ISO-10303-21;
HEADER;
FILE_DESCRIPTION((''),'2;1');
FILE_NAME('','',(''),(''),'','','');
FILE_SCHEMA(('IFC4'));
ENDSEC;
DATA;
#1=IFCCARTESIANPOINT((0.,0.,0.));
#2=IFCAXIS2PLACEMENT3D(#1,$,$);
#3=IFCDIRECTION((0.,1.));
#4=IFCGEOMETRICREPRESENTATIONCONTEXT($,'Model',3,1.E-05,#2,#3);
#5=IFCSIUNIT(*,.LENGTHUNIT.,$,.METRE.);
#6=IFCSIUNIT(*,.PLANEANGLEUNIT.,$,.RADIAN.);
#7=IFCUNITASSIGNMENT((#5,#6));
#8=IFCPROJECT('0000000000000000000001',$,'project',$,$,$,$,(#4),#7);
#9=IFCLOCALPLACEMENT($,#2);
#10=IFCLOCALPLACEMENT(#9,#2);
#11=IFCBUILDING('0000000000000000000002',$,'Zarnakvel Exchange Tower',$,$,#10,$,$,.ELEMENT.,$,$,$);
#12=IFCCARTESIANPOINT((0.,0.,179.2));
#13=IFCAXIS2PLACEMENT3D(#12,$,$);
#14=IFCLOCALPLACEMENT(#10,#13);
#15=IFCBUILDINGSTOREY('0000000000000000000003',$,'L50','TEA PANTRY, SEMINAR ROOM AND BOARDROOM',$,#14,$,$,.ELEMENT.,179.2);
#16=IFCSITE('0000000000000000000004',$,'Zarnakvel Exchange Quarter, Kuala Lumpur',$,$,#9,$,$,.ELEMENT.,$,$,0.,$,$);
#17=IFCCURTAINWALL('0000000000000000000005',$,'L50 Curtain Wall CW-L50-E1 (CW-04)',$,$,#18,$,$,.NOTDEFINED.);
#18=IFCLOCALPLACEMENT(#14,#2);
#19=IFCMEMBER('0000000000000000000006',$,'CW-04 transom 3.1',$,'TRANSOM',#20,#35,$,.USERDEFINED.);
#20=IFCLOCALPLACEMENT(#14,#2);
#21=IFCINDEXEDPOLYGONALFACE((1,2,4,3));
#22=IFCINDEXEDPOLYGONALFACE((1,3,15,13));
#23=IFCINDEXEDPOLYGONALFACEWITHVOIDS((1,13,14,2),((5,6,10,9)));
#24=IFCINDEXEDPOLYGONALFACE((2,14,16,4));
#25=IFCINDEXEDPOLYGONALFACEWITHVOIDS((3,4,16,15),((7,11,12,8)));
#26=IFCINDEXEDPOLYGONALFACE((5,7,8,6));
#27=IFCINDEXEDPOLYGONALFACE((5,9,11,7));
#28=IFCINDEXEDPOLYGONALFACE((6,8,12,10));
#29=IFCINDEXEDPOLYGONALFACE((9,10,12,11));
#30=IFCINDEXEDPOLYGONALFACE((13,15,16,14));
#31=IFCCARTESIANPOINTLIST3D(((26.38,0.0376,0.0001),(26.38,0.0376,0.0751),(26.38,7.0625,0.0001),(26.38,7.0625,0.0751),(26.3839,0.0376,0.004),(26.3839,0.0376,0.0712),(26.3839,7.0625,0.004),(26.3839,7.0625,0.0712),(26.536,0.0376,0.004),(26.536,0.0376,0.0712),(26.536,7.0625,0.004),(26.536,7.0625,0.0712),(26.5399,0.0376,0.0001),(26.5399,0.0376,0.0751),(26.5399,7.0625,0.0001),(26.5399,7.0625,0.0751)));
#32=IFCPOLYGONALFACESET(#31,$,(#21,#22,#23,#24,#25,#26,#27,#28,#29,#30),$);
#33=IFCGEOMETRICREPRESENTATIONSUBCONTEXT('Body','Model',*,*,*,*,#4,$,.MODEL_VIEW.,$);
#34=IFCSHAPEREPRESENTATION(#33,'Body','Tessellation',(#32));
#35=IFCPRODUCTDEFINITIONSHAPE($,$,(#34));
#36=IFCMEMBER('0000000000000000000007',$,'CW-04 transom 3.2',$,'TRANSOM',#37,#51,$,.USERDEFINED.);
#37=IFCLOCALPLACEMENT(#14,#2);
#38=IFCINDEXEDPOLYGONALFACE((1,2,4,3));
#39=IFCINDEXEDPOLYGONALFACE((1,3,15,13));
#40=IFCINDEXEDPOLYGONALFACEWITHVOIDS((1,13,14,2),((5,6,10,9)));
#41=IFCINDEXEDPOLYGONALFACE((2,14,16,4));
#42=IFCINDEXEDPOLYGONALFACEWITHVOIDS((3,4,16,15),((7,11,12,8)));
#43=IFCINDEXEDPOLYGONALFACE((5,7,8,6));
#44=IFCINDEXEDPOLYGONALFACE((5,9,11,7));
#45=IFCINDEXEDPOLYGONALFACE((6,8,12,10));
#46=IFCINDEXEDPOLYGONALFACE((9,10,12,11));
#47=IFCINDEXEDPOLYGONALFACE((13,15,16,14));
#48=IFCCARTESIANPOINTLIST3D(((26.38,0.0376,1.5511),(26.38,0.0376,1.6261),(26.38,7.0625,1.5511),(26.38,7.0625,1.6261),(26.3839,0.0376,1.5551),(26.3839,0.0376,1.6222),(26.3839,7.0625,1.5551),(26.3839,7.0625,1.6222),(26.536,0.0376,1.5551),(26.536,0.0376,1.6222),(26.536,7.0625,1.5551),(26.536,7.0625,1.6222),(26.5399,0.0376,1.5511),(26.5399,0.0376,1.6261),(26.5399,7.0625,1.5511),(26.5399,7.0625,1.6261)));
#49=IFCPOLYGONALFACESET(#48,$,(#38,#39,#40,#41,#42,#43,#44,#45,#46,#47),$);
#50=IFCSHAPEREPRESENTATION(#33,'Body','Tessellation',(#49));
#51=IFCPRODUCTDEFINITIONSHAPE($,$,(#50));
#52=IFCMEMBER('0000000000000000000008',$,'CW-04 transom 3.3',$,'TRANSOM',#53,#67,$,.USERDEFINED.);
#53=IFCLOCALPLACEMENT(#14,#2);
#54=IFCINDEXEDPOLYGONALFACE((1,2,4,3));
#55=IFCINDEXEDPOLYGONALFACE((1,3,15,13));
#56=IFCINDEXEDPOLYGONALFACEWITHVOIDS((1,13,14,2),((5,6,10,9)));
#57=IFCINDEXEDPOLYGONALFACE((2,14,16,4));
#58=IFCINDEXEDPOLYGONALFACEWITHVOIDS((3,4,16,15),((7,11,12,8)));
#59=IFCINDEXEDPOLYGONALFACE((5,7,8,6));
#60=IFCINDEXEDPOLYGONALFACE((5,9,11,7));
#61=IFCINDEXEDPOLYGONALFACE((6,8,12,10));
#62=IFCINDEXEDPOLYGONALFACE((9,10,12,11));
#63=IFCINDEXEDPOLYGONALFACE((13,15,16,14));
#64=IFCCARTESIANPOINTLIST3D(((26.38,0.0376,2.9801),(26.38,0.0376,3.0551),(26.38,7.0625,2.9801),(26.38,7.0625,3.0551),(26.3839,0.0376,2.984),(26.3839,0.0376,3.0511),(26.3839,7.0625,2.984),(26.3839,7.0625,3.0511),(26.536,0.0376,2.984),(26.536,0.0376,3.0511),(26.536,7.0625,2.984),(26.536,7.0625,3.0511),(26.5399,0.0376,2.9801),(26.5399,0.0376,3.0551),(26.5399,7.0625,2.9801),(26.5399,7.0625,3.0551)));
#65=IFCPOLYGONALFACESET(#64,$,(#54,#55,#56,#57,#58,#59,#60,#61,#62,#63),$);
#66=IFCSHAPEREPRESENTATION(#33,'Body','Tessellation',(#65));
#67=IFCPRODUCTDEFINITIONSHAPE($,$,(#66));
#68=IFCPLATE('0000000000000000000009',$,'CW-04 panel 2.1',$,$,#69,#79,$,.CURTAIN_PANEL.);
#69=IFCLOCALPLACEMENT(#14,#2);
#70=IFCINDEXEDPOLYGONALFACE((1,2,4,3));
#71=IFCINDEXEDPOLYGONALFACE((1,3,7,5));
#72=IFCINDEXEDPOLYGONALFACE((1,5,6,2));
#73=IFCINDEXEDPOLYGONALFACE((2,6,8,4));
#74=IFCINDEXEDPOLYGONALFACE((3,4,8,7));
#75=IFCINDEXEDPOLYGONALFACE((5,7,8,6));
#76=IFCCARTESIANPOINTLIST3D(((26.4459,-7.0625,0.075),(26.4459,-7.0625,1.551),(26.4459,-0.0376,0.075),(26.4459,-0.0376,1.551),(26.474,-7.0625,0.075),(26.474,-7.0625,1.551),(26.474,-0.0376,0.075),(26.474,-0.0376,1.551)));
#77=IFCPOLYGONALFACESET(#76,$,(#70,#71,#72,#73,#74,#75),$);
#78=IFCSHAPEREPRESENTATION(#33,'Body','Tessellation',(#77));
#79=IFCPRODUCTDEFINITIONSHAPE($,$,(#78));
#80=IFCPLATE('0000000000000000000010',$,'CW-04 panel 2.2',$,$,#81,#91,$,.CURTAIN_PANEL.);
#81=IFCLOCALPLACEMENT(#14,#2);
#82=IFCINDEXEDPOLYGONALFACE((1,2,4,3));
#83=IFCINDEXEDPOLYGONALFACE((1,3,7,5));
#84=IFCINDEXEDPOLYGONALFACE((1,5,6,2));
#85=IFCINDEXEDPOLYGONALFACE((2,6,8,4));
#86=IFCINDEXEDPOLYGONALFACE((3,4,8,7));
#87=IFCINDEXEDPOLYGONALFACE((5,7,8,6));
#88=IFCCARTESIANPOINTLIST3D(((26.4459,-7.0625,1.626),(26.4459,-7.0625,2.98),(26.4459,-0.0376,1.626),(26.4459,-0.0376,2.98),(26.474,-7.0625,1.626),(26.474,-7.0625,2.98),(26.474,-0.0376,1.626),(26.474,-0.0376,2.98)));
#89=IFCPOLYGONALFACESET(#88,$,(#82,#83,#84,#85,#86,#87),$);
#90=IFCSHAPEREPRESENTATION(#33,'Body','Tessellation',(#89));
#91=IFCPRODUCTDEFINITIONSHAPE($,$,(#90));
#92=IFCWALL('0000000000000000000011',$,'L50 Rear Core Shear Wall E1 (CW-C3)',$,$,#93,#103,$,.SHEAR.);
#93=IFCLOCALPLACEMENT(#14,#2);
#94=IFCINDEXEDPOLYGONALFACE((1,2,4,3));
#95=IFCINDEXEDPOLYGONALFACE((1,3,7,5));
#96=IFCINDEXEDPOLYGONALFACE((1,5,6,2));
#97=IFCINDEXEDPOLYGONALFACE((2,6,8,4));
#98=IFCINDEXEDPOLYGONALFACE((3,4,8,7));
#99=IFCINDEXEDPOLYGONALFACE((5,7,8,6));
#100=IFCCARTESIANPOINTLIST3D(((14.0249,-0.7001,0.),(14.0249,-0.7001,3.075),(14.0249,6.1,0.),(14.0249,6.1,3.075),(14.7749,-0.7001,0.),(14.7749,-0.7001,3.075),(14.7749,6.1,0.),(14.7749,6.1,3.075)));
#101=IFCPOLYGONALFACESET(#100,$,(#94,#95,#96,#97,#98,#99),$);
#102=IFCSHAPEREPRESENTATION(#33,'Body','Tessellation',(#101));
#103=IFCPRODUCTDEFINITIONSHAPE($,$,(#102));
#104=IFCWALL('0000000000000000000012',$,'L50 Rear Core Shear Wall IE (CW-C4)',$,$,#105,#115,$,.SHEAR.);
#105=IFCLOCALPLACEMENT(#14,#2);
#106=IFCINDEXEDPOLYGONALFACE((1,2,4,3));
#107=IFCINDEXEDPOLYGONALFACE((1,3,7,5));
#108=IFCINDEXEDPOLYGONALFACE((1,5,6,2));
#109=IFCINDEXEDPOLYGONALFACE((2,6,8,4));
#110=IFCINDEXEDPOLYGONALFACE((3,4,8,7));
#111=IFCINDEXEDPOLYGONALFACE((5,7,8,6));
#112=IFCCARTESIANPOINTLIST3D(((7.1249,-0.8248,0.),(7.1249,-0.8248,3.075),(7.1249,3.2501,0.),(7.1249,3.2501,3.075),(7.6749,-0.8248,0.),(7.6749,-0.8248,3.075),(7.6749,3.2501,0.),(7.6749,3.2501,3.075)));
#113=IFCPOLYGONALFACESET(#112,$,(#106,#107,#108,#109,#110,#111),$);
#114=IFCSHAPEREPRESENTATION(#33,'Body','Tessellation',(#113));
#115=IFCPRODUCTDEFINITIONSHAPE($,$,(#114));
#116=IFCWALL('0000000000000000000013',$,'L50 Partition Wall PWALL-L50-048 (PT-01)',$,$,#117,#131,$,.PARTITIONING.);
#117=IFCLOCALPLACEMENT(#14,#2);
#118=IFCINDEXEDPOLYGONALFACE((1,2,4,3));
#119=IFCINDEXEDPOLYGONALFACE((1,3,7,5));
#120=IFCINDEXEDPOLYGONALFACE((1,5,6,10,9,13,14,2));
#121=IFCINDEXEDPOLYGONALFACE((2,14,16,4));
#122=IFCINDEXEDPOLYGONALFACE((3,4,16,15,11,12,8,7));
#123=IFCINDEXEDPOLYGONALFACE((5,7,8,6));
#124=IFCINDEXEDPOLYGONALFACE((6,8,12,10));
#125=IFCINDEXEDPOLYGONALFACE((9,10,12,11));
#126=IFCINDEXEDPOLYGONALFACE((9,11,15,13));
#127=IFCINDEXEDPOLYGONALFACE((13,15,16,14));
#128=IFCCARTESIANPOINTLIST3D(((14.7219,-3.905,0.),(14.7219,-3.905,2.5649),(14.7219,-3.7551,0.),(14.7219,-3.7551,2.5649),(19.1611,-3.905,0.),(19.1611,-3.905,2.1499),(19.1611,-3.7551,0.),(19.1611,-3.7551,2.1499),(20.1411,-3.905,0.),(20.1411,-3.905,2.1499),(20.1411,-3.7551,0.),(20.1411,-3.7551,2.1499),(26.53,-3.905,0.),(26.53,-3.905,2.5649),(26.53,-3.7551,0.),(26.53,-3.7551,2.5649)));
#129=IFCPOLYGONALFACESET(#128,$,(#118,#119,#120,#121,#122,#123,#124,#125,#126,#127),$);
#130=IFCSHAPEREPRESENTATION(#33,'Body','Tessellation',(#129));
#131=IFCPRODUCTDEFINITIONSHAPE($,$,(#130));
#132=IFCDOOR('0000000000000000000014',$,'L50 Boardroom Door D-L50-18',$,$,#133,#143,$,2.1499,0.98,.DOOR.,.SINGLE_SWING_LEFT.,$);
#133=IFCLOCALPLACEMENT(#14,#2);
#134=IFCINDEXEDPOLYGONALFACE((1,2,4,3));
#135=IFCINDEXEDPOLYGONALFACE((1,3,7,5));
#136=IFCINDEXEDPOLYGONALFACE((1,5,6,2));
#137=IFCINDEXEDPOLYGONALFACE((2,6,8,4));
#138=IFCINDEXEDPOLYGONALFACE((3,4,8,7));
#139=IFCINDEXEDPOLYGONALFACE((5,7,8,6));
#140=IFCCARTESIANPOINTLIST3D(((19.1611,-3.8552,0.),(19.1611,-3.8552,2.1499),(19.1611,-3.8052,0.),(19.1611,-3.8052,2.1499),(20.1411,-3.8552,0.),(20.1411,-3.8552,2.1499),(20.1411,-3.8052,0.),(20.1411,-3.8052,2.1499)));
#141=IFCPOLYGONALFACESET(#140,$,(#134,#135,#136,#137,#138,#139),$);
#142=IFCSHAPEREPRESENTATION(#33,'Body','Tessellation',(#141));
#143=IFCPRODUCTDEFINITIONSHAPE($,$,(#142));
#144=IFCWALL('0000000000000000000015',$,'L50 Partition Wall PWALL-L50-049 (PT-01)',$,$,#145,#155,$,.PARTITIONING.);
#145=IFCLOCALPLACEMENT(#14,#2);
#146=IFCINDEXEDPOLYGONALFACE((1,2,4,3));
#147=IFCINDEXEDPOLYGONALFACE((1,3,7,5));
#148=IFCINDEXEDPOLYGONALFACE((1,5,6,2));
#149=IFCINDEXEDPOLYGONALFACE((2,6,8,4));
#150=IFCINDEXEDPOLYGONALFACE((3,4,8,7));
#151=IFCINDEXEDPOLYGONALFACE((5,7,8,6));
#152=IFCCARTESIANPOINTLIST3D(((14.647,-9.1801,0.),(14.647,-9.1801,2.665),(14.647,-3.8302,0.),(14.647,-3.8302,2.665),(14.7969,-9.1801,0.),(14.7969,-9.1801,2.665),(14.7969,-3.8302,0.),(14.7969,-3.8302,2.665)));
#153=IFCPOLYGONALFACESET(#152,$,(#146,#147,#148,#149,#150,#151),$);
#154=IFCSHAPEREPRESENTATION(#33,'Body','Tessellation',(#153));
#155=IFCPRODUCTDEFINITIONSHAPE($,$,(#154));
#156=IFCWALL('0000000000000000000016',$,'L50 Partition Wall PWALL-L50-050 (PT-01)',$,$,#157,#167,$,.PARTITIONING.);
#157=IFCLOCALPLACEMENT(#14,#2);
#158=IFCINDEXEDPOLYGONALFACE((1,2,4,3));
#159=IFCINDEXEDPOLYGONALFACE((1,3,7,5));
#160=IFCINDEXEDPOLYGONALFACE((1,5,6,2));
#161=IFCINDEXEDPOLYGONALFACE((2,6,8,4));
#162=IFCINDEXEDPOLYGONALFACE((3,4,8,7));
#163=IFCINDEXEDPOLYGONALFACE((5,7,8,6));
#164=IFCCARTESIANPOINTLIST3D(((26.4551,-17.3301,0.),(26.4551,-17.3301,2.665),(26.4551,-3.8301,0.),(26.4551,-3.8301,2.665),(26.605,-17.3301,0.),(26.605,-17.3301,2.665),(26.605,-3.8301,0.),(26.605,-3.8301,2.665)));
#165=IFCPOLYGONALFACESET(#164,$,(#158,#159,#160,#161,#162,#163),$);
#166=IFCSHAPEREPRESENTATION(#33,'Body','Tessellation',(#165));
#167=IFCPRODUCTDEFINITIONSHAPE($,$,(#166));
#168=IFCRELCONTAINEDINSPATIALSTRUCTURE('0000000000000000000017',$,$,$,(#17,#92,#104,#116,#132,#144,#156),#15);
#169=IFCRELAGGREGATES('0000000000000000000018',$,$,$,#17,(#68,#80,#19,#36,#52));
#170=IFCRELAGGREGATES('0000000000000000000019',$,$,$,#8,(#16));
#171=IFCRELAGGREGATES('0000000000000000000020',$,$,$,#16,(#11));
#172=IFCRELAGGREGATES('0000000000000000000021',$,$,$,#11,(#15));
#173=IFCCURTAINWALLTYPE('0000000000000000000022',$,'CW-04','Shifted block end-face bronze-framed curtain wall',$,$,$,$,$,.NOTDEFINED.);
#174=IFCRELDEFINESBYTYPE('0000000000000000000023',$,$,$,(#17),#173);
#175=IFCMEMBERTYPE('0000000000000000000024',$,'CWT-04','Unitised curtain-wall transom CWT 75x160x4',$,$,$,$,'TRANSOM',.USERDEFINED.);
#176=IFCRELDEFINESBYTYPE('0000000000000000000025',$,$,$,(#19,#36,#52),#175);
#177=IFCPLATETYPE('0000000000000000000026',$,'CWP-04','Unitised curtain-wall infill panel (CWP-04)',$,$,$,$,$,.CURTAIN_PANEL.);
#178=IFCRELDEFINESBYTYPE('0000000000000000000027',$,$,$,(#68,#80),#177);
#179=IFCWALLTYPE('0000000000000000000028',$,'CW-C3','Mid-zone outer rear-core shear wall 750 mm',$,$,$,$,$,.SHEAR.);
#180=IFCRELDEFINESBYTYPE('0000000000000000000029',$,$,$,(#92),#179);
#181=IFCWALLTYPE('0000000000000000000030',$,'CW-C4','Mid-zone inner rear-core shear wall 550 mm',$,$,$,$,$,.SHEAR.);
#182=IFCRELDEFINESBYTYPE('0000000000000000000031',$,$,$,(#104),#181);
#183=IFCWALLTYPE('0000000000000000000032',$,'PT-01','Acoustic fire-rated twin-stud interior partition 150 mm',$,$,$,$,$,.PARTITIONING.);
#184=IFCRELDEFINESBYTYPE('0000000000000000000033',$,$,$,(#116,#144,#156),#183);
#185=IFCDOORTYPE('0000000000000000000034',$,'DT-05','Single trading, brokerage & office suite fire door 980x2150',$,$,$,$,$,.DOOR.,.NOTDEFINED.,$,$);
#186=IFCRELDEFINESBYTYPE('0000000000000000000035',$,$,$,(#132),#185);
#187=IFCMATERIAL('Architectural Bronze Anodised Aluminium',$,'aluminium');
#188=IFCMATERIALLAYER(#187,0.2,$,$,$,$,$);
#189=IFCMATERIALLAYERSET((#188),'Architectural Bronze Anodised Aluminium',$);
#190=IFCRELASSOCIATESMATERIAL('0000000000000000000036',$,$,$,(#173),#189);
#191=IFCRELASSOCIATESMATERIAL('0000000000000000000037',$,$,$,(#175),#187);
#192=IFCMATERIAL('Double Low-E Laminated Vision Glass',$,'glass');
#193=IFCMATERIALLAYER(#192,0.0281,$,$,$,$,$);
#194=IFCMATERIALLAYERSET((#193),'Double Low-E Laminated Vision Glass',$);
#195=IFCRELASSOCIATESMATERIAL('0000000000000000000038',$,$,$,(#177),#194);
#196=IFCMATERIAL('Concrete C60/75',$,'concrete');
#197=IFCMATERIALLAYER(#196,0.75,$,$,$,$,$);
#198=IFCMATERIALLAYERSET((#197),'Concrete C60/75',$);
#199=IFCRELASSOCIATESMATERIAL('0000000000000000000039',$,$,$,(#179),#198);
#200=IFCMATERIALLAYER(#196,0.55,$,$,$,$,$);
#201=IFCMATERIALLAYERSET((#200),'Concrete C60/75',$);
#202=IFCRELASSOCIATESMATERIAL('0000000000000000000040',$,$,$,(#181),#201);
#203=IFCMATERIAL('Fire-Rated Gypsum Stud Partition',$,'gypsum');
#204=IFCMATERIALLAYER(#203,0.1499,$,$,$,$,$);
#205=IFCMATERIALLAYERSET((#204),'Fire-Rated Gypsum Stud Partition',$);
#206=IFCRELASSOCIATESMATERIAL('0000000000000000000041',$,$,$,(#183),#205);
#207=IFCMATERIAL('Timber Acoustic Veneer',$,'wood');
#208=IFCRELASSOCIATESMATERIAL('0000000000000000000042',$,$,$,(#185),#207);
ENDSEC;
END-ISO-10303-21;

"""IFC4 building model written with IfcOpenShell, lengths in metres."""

from ifc_helpers import new_model, si_unit, direction, frame, frame_2d, origin, origin_2d, place, context, subcontext, project, spatial, rectangle, hollow_rectangle, extrude, source, transform, mapped, material, layer, layer_set, material_profile, profile_set, type_object, element, fill, aggregate, save


model = new_model("IFC4")

# Units and contexts
model_context = context("Model", 3, precision=1e-05, world=origin(), true_north=direction((0.0, 1.0)))
body_context = subcontext(model_context, "Body", "Model", "MODEL_VIEW")
ifc_project = project(units=[si_unit("LENGTHUNIT", "METRE"), si_unit("PLANEANGLEUNIT", "RADIAN")], contexts=[model_context])

# Site, building, storey
site_placement = place(None, origin())
site = spatial("IfcSite", under=ifc_project, at=site_placement, Name="Zarnakvel Exchange Quarter, Kuala Lumpur", CompositionType="ELEMENT", RefElevation=0.0)
building_placement = place(site_placement, origin())
building = spatial("IfcBuilding", under=site, at=building_placement, Name="Zarnakvel Exchange Tower", CompositionType="ELEMENT")
storey_placement = place(building_placement, frame((0.0, 0.0, 179.2)))
storey = spatial("IfcBuildingStorey", under=building, at=storey_placement, Name="L50", Description="TEA PANTRY, SEMINAR ROOM AND BOARDROOM", CompositionType="ELEMENT", Elevation=179.2)

# Shared definitions
ifc_material_1 = material(Name="Concrete C60/75", Category="concrete")

# Curtain wall, members, plates
ifc_material_2 = material(Name="Architectural Bronze Anodised Aluminium", Category="aluminium")
ifc_layer_1 = layer(ifc_material_2, 0.2)
ifc_layer_set_1 = layer_set([ifc_layer_1], Name="Architectural Bronze Anodised Aluminium")
curtain_wall_type = type_object("IfcCurtainWallType", Name="CW-04", Description="Shifted block end-face bronze-framed curtain wall", PredefinedType="NOTDEFINED", material=ifc_layer_set_1)
curtain_wall_placement = place(storey_placement, origin())
curtain_wall = element("IfcCurtainWall", 1, at=curtain_wall_placement, inside=storey, type_object=curtain_wall_type, Name="L50 Curtain Wall CW-L50-E1 (CW-04)", PredefinedType="NOTDEFINED")
ifc_material_profile_1 = material_profile(ifc_material_2, hollow_rectangle(XDim=0.1599, YDim=0.075, WallThickness=0.0039, at=origin_2d()))
ifc_profile_set_1 = profile_set([ifc_material_profile_1], Name="Architectural Bronze Anodised Aluminium")
member_type_1 = type_object("IfcMemberType", Name="CWT-04", Description="Unitised curtain-wall transom CWT 75x160x4", ElementType="TRANSOM", PredefinedType="USERDEFINED", material=ifc_profile_set_1)
shared_shape_1 = source(origin(), body_context, "Body", "SweptSolid", [
    extrude(hollow_rectangle(XDim=0.1599, YDim=0.075, WallThickness=0.0039, at=origin_2d()), origin(), (0.0, 0.0, 1.0), 7.0249),
])
member_1_placement = place(storey_placement, frame((26.46, 0.0376, 0.0376), z_axis=(0.0, 1.0, 0.0), x_axis=(-1.0, 0.0, 0.0)))
member_1 = element("IfcMember", 2, at=member_1_placement, type_object=member_type_1, Name="CW-04 transom 3.1", ObjectType="TRANSOM", PredefinedType="USERDEFINED", context=body_context, shape_type="MappedRepresentation", body=[
    mapped(shared_shape_1, transform((0.0, 0.0, 0.0), x_axis=(1.0, 0.0, 0.0), y_axis=(0.0, 1.0, 0.0), z_axis=(0.0, 0.0, 1.0), scale=1.0)),
])
member_2_placement = place(storey_placement, frame((26.46, 0.0376, 1.5886), z_axis=(0.0, 1.0, 0.0), x_axis=(-1.0, 0.0, 0.0)))
member_2 = element("IfcMember", 3, at=member_2_placement, type_object=member_type_1, Name="CW-04 transom 3.2", ObjectType="TRANSOM", PredefinedType="USERDEFINED", context=body_context, shape_type="MappedRepresentation", body=[
    mapped(shared_shape_1, transform((0.0, 0.0, 0.0), x_axis=(1.0, 0.0, 0.0), y_axis=(0.0, 1.0, 0.0), z_axis=(0.0, 0.0, 1.0), scale=1.0)),
])
member_3_placement = place(storey_placement, frame((26.46, 0.0376, 3.0176), z_axis=(0.0, 1.0, 0.0), x_axis=(-1.0, 0.0, 0.0)))
member_3 = element("IfcMember", 4, at=member_3_placement, type_object=member_type_1, Name="CW-04 transom 3.3", ObjectType="TRANSOM", PredefinedType="USERDEFINED", context=body_context, shape_type="MappedRepresentation", body=[
    mapped(shared_shape_1, transform((0.0, 0.0, 0.0), x_axis=(1.0, 0.0, 0.0), y_axis=(0.0, 1.0, 0.0), z_axis=(0.0, 0.0, 1.0), scale=1.0)),
])
ifc_material_3 = material(Name="Double Low-E Laminated Vision Glass", Category="glass")
ifc_layer_2 = layer(ifc_material_3, 0.0281)
ifc_layer_set_2 = layer_set([ifc_layer_2], Name="Double Low-E Laminated Vision Glass")
plate_type = type_object("IfcPlateType", Name="CWP-04", Description="Unitised curtain-wall infill panel (CWP-04)", PredefinedType="CURTAIN_PANEL", material=ifc_layer_set_2)
shared_shape_2 = source(origin(), body_context, "Body", "SweptSolid", [
    extrude(rectangle(XDim=7.0249, YDim=0.0281, at=origin_2d()), origin(), (0.0, 0.0, 1.0), 1.4761),
])
plate_1_placement = place(storey_placement, frame((26.46, -3.55, 0.075), z_axis=(0.0, 0.0, 1.0), x_axis=(0.0, 1.0, 0.0)))
plate_1 = element("IfcPlate", 5, at=plate_1_placement, type_object=plate_type, Name="CW-04 panel 2.1", PredefinedType="CURTAIN_PANEL", context=body_context, shape_type="MappedRepresentation", body=[
    mapped(shared_shape_2, transform((0.0, 0.0, 0.0), x_axis=(1.0, 0.0, 0.0), y_axis=(0.0, 1.0, 0.0), z_axis=(0.0, 0.0, 1.0), scale=1.0)),
])
shared_shape_3 = source(origin(), body_context, "Body", "SweptSolid", [
    extrude(rectangle(XDim=7.0249, YDim=0.0281, at=origin_2d()), origin(), (0.0, 0.0, 1.0), 1.354),
])
plate_2_placement = place(storey_placement, frame((26.46, -3.55, 1.626), z_axis=(0.0, 0.0, 1.0), x_axis=(0.0, 1.0, 0.0)))
plate_2 = element("IfcPlate", 6, at=plate_2_placement, type_object=plate_type, Name="CW-04 panel 2.2", PredefinedType="CURTAIN_PANEL", context=body_context, shape_type="MappedRepresentation", body=[
    mapped(shared_shape_3, transform((0.0, 0.0, 0.0), x_axis=(1.0, 0.0, 0.0), y_axis=(0.0, 1.0, 0.0), z_axis=(0.0, 0.0, 1.0), scale=1.0)),
])
aggregate(curtain_wall, [plate_1, plate_2, member_1, member_2, member_3])

# Wall
ifc_layer_3 = layer(ifc_material_1, 0.75)
ifc_layer_set_3 = layer_set([ifc_layer_3], Name="Concrete C60/75")
wall_type_1 = type_object("IfcWallType", Name="CW-C3", Description="Mid-zone outer rear-core shear wall 750 mm", PredefinedType="SHEAR", material=ifc_layer_set_3)
wall_1_placement = place(storey_placement, frame((14.3999, -0.7, 0.0), z_axis=(0.0, 0.0, 1.0), x_axis=(0.0, 1.0, 0.0)))
element("IfcWall", 7, at=wall_1_placement, inside=storey, type_object=wall_type_1, Name="L50 Rear Core Shear Wall E1 (CW-C3)", PredefinedType="SHEAR", context=body_context, shape_type="SweptSolid", body=[
    extrude(rectangle(XDim=6.8, YDim=0.75, at=frame_2d((3.3999, 0.0))), origin(), (0.0, 0.0, 1.0), 3.075),
])

# Wall
ifc_layer_4 = layer(ifc_material_1, 0.55)
ifc_layer_set_4 = layer_set([ifc_layer_4], Name="Concrete C60/75")
wall_type_2 = type_object("IfcWallType", Name="CW-C4", Description="Mid-zone inner rear-core shear wall 550 mm", PredefinedType="SHEAR", material=ifc_layer_set_4)
wall_2_placement = place(storey_placement, frame((7.3999, -0.825, 0.0), z_axis=(0.0, 0.0, 1.0), x_axis=(0.0, 1.0, 0.0)))
element("IfcWall", 8, at=wall_2_placement, inside=storey, type_object=wall_type_2, Name="L50 Rear Core Shear Wall IE (CW-C4)", PredefinedType="SHEAR", context=body_context, shape_type="SweptSolid", body=[
    extrude(rectangle(XDim=4.075, YDim=0.55, at=frame_2d((2.0376, 0.0))), origin(), (0.0, 0.0, 1.0), 3.075),
])

# Wall, opening, door
ifc_material_4 = material(Name="Fire-Rated Gypsum Stud Partition", Category="gypsum")
ifc_layer_5 = layer(ifc_material_4, 0.1499)
ifc_layer_set_5 = layer_set([ifc_layer_5], Name="Fire-Rated Gypsum Stud Partition")
wall_type_3 = type_object("IfcWallType", Name="PT-01", Description="Acoustic fire-rated twin-stud interior partition 150 mm", PredefinedType="PARTITIONING", material=ifc_layer_set_5)
wall_3_placement = place(storey_placement, frame((14.7219, -3.8301, 0.0), z_axis=(0.0, 0.0, 1.0), x_axis=(1.0, 0.0, 0.0)))
wall_3 = element("IfcWall", 9, at=wall_3_placement, inside=storey, type_object=wall_type_3, Name="L50 Partition Wall PWALL-L50-048 (PT-01)", PredefinedType="PARTITIONING", context=body_context, shape_type="SweptSolid", body=[
    extrude(rectangle(XDim=11.8081, YDim=0.1499, at=frame_2d((5.9041, 0.0))), origin(), (0.0, 0.0, 1.0), 2.5649),
])
opening_1_placement = place(wall_3_placement, frame((4.4392, 0.0, 0.0)))
opening_1 = element("IfcOpeningElement", 10, at=opening_1_placement, cuts=wall_3, PredefinedType="OPENING", context=body_context, shape_type="SweptSolid", body=[
    extrude(rectangle(XDim=0.98, YDim=2.1499, at=frame_2d((0.49, 1.075))), frame((0.0, 0.085, 0.0), z_axis=(0.0, -1.0, 0.0), x_axis=(1.0, 0.0, 0.0)), (0.0, 0.0, 1.0), 0.1699),
])
ifc_material_5 = material(Name="Timber Acoustic Veneer", Category="wood")
door_type_1 = type_object("IfcDoorType", Name="DT-05", Description="Single trading, brokerage & office suite fire door 980x2150", OperationType="NOTDEFINED", PredefinedType="DOOR", material=ifc_material_5)
shared_shape_4 = source(origin(), body_context, "Body", "SweptSolid", [
    extrude(rectangle(XDim=0.98, YDim=2.1499, at=frame_2d((0.49, 1.075))), frame((0.0, 0.0249, 0.0), z_axis=(0.0, -1.0, 0.0), x_axis=(1.0, 0.0, 0.0)), (0.0, 0.0, 1.0), 0.05),
])
door_1_placement = place(opening_1_placement, origin())
door_1 = element("IfcDoor", 11, at=door_1_placement, inside=storey, type_object=door_type_1, Name="L50 Boardroom Door D-L50-18", OperationType="SINGLE_SWING_LEFT", OverallHeight=2.1499, OverallWidth=0.98, PredefinedType="DOOR", context=body_context, shape_type="MappedRepresentation", body=[
    mapped(shared_shape_4, transform((0.0, 0.0, 0.0), x_axis=(1.0, 0.0, 0.0), y_axis=(0.0, 1.0, 0.0), z_axis=(0.0, 0.0, 1.0), scale=1.0)),
])
fill(opening_1, door_1)

# Walls
wall_4_placement = place(storey_placement, frame((14.7219, -9.1799, 0.0), z_axis=(0.0, 0.0, 1.0), x_axis=(0.0, 1.0, 0.0)))
element("IfcWall", 12, at=wall_4_placement, inside=storey, type_object=wall_type_3, Name="L50 Partition Wall PWALL-L50-049 (PT-01)", PredefinedType="PARTITIONING", context=body_context, shape_type="SweptSolid", body=[
    extrude(rectangle(XDim=5.3499, YDim=0.1499, at=frame_2d((2.6748, 0.0))), origin(), (0.0, 0.0, 1.0), 2.665),
])
wall_5_placement = place(storey_placement, frame((26.53, -3.8301, 0.0), z_axis=(0.0, 0.0, 1.0), x_axis=(0.0, -1.0, 0.0)))
element("IfcWall", 13, at=wall_5_placement, inside=storey, type_object=wall_type_3, Name="L50 Partition Wall PWALL-L50-050 (PT-01)", PredefinedType="PARTITIONING", context=body_context, shape_type="SweptSolid", body=[
    extrude(rectangle(XDim=13.5, YDim=0.1499, at=frame_2d((6.75, 0.0))), origin(), (0.0, 0.0, 1.0), 2.665),
])

save(model, "model.ifc")
